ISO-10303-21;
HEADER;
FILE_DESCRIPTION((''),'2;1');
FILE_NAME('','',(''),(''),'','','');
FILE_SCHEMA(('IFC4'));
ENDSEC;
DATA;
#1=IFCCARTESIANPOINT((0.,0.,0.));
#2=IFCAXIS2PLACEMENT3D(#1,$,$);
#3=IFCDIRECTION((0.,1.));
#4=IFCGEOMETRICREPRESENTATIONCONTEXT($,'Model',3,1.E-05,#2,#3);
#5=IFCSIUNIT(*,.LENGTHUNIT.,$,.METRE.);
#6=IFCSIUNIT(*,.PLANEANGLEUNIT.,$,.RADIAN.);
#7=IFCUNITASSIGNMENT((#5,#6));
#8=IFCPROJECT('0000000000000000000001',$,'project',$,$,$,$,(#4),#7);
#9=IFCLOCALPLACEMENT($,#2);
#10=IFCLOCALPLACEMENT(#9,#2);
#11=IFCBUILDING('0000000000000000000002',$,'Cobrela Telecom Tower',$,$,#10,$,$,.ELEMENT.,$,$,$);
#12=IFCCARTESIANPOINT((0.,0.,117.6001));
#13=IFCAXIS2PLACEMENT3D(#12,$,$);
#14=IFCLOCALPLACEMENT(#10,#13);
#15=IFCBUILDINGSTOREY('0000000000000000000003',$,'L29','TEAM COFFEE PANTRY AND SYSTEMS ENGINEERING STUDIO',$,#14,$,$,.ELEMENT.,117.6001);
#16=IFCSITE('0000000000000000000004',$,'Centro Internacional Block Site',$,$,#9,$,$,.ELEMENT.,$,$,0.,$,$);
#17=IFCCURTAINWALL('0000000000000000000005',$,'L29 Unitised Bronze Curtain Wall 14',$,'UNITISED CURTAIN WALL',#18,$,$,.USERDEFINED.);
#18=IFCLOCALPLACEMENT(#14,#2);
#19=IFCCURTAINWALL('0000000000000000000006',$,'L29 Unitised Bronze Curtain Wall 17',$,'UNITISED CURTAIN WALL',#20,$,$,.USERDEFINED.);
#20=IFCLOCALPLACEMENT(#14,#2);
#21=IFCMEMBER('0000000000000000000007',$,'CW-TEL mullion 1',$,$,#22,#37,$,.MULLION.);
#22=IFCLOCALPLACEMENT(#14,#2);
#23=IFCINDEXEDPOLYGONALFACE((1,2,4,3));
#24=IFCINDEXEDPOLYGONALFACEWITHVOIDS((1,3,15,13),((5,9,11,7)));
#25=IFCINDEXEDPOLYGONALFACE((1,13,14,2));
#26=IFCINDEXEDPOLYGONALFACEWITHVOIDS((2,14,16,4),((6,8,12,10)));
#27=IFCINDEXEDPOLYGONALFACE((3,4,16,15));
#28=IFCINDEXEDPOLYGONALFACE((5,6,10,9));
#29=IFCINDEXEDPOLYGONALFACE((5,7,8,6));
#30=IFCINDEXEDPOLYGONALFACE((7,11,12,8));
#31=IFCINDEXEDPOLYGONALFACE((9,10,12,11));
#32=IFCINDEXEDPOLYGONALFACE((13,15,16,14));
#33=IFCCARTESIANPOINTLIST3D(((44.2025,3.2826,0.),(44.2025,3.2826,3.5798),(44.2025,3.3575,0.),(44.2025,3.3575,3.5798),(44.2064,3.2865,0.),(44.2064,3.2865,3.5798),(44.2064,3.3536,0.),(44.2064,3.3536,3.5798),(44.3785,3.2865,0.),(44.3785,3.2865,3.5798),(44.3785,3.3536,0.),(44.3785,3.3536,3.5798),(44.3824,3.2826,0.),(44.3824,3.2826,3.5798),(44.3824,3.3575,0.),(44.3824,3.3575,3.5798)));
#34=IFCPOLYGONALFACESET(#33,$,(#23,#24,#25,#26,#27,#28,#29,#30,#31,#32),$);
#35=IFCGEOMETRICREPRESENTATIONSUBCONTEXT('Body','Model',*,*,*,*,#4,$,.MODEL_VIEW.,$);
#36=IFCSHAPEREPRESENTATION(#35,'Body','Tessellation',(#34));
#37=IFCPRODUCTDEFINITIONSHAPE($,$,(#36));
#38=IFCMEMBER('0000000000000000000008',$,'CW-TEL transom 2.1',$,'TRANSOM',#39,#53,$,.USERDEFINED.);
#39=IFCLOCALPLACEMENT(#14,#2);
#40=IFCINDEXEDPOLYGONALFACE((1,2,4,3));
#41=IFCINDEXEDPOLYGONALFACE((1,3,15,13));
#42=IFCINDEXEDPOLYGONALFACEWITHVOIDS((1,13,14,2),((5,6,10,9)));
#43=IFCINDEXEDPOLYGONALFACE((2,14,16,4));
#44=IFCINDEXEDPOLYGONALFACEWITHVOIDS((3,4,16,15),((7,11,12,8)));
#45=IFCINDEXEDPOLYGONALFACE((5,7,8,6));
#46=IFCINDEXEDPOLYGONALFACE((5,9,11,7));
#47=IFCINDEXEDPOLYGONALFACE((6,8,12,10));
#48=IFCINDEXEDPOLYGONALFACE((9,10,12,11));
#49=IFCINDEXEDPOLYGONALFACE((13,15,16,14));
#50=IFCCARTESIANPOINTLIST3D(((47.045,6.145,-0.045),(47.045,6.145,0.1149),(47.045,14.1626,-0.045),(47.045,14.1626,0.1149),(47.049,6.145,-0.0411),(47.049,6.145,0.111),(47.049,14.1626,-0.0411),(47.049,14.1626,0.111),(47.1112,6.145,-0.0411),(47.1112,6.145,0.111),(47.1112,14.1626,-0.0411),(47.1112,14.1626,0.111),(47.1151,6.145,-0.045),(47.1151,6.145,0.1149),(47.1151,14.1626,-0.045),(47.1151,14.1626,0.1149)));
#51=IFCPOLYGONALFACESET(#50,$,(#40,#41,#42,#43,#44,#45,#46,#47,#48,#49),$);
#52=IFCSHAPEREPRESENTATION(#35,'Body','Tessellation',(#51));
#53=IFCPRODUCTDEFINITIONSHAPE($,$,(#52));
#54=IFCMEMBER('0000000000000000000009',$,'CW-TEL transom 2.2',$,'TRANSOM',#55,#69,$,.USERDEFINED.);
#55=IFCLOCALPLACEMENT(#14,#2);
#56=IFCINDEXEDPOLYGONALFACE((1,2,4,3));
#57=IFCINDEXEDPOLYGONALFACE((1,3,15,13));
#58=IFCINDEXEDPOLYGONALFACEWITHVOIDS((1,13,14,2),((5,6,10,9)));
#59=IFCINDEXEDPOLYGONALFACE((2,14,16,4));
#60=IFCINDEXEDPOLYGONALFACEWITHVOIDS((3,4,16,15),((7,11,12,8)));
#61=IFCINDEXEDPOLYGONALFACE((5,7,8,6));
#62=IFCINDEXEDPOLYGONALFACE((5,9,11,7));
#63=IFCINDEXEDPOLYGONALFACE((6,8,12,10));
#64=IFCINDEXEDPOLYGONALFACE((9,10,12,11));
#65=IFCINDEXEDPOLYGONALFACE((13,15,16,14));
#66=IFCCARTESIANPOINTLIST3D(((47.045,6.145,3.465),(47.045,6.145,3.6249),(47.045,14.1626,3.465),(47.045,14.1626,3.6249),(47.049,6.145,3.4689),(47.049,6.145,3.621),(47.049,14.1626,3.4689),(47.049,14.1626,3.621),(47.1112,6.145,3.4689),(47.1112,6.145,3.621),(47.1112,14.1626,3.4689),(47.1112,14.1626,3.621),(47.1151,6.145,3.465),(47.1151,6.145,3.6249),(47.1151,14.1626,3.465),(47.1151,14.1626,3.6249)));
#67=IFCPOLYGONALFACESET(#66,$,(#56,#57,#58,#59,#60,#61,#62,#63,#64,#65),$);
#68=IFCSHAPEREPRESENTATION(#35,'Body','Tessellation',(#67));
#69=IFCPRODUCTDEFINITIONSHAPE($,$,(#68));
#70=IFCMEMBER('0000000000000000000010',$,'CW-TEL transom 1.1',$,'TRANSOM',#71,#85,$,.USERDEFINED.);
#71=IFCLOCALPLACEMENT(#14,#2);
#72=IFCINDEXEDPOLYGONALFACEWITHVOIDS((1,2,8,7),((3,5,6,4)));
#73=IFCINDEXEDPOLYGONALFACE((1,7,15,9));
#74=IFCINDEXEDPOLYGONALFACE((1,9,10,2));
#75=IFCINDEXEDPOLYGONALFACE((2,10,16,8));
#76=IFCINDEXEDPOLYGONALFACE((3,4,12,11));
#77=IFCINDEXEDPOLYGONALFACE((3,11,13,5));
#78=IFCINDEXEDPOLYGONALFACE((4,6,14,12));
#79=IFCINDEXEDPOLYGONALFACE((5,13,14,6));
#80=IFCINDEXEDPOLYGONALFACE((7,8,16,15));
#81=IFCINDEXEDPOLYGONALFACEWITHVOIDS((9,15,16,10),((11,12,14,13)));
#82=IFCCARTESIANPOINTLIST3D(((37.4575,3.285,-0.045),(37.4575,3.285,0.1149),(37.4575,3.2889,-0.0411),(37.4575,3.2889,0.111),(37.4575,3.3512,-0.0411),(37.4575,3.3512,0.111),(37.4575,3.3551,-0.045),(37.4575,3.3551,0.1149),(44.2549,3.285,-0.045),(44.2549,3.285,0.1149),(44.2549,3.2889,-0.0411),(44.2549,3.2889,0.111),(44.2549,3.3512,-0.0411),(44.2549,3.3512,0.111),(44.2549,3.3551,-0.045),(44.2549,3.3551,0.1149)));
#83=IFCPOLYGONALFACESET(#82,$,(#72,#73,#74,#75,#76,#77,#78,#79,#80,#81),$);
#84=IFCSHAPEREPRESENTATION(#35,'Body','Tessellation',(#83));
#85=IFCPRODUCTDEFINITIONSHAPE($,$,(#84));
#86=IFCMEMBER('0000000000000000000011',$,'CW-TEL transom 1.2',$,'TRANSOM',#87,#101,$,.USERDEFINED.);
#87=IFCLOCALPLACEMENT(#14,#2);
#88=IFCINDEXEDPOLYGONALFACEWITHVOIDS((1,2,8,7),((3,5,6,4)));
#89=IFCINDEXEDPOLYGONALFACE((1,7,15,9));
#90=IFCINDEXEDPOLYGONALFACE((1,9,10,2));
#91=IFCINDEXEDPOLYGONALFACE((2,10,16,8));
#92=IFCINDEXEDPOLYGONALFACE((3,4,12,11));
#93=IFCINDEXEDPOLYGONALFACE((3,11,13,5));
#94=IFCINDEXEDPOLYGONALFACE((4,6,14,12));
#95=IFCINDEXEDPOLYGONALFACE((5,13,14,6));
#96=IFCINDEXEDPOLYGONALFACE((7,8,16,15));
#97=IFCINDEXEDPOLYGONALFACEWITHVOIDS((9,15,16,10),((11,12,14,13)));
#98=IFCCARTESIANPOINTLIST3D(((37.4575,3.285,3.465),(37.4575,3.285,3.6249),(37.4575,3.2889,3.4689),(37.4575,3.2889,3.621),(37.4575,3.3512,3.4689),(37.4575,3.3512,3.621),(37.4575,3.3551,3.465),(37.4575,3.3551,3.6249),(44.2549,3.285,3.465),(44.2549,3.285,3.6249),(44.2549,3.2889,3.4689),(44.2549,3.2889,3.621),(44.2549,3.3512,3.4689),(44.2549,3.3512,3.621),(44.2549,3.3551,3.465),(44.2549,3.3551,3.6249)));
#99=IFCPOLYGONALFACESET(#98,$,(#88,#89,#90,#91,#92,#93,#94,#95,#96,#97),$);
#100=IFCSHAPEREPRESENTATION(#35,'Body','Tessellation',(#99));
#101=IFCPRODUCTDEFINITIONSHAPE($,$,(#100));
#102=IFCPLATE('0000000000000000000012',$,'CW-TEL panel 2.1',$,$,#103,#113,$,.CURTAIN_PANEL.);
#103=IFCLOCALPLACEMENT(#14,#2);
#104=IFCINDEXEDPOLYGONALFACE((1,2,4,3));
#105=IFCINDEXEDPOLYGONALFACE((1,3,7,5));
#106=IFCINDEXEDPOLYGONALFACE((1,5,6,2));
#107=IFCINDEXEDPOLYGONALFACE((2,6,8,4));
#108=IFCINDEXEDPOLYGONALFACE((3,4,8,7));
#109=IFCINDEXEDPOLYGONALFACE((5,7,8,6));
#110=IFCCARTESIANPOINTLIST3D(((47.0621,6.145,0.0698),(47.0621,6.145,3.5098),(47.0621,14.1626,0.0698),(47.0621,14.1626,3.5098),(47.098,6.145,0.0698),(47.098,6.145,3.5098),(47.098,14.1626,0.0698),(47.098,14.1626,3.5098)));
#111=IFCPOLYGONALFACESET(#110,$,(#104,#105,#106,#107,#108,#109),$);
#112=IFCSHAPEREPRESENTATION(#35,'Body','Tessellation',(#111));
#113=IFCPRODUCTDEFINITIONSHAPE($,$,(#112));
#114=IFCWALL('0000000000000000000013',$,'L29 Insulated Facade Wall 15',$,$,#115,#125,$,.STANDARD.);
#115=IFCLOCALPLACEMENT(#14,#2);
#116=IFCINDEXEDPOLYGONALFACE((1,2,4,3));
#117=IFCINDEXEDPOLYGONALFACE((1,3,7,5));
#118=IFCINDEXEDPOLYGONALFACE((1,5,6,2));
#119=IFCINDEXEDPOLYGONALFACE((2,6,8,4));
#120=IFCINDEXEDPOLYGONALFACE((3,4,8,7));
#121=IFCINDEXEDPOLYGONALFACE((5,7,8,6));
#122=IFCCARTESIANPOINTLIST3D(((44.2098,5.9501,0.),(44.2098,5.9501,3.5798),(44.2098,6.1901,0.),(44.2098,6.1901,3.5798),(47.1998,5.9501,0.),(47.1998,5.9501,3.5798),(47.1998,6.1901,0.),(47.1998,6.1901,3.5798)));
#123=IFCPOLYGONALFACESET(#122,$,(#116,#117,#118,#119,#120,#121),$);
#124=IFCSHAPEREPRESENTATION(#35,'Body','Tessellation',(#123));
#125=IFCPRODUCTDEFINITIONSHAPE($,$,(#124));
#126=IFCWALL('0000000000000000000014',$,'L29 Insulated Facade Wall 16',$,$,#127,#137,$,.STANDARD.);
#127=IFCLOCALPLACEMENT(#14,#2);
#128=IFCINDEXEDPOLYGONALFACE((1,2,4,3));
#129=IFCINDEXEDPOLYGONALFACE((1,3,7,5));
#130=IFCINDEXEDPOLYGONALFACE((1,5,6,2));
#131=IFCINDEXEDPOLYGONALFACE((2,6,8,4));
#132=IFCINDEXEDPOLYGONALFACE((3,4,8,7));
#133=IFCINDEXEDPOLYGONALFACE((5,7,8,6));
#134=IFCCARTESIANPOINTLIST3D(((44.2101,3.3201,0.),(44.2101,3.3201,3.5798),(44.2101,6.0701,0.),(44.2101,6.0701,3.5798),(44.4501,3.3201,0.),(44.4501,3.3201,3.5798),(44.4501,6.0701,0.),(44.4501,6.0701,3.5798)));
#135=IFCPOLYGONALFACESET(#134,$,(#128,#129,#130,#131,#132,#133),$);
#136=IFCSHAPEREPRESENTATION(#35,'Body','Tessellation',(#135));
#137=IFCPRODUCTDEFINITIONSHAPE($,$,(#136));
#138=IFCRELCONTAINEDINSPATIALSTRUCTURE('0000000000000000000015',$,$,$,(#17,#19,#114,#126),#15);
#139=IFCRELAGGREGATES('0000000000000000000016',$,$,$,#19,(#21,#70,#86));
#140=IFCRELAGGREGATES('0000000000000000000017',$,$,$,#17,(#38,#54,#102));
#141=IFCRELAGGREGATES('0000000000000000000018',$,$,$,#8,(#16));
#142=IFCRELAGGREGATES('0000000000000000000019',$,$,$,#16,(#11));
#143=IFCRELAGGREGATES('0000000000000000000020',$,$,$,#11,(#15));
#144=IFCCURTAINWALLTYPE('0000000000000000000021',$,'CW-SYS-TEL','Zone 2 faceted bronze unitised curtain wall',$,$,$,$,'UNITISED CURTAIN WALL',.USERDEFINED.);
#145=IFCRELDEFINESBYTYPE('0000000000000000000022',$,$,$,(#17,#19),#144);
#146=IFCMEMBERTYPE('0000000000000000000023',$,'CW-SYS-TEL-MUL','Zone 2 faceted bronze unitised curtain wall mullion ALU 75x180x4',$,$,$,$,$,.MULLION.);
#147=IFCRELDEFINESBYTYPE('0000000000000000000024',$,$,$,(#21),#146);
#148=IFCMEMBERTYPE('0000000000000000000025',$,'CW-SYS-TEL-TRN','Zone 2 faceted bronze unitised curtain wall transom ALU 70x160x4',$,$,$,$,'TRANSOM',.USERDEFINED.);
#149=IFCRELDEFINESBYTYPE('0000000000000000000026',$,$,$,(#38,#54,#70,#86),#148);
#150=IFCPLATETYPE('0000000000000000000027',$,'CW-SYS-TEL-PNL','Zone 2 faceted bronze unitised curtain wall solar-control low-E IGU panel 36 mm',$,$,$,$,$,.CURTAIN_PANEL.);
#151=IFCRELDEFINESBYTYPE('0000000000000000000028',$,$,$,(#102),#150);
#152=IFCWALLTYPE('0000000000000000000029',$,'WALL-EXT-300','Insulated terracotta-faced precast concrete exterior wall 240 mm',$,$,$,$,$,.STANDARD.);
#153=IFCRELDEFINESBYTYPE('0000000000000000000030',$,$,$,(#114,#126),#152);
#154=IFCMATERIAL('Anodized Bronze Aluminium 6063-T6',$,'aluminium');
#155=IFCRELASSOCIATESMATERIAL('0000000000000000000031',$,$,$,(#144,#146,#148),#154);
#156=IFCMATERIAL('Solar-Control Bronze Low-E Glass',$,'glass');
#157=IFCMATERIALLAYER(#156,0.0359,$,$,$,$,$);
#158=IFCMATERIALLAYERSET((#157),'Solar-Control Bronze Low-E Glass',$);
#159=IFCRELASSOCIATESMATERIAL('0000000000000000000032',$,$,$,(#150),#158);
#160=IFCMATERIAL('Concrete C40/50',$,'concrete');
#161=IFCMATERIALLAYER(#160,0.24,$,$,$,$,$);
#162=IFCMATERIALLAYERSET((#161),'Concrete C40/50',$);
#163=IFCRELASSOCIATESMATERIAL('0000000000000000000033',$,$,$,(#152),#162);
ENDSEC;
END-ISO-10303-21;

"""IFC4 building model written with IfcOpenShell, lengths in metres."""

from ifc_helpers import new_model, si_unit, direction, frame, frame_2d, origin, origin_2d, place, context, subcontext, project, spatial, rectangle, hollow_rectangle, extrude, material, layer, layer_set, material_profile, profile_set, type_object, element, aggregate, save


model = new_model("IFC4")

# Units and contexts
model_context = context("Model", 3, precision=1e-05, world=origin(), true_north=direction((0.0, 1.0)))
body_context = subcontext(model_context, "Body", "Model", "MODEL_VIEW")
ifc_project = project(units=[si_unit("LENGTHUNIT", "METRE"), si_unit("PLANEANGLEUNIT", "RADIAN")], contexts=[model_context])

# Site, building, storey
site_placement = place(None, origin())
site = spatial("IfcSite", under=ifc_project, at=site_placement, Name="Centro Internacional Block Site", CompositionType="ELEMENT", RefElevation=0.0)
building_placement = place(site_placement, origin())
building = spatial("IfcBuilding", under=site, at=building_placement, Name="Cobrela Telecom Tower", CompositionType="ELEMENT")
storey_placement = place(building_placement, frame((0.0, 0.0, 117.6001)))
storey = spatial("IfcBuildingStorey", under=building, at=storey_placement, Name="L29", Description="TEAM COFFEE PANTRY AND SYSTEMS ENGINEERING STUDIO", CompositionType="ELEMENT", Elevation=117.6001)

# Curtain wall
ifc_material_1 = material(Name="Anodized Bronze Aluminium 6063-T6", Category="aluminium")
curtain_wall_type = type_object("IfcCurtainWallType", Name="CW-SYS-TEL", Description="Zone 2 faceted bronze unitised curtain wall", ElementType="UNITISED CURTAIN WALL", PredefinedType="USERDEFINED", material=ifc_material_1)
curtain_wall_1_placement = place(storey_placement, origin())
curtain_wall_1 = element("IfcCurtainWall", 1, at=curtain_wall_1_placement, inside=storey, type_object=curtain_wall_type, Name="L29 Unitised Bronze Curtain Wall 14", ObjectType="UNITISED CURTAIN WALL", PredefinedType="USERDEFINED")
ifc_material_profile_1 = material_profile(ifc_material_1, hollow_rectangle(XDim=0.075, YDim=0.1799, WallThickness=0.0039, at=origin_2d()), Name="ALU 75x180x4")
ifc_profile_set_1 = profile_set([ifc_material_profile_1], Name="Anodized Bronze Aluminium 6063-T6")
member_type_1 = type_object("IfcMemberType", Name="CW-SYS-TEL-MUL", Description="Zone 2 faceted bronze unitised curtain wall mullion ALU 75x180x4", PredefinedType="MULLION", material=ifc_profile_set_1)

# Curtain wall, member
curtain_wall_2_placement = place(storey_placement, origin())
curtain_wall_2 = element("IfcCurtainWall", 2, at=curtain_wall_2_placement, inside=storey, type_object=curtain_wall_type, Name="L29 Unitised Bronze Curtain Wall 17", ObjectType="UNITISED CURTAIN WALL", PredefinedType="USERDEFINED")
member_1_placement = place(storey_placement, frame((44.2925, 3.3201, 0.0), z_axis=(0.0, 0.0, 1.0), x_axis=(0.0, -1.0, 0.0)))
member_1 = element("IfcMember", 3, at=member_1_placement, type_object=member_type_1, Name="CW-TEL mullion 1", PredefinedType="MULLION", context=body_context, shape_type="SweptSolid", body=[
    extrude(hollow_rectangle(XDim=0.075, YDim=0.1799, WallThickness=0.0039, at=origin_2d()), origin(), (0.0, 0.0, 1.0), 3.5798),
])

# Members
ifc_material_profile_2 = material_profile(ifc_material_1, hollow_rectangle(XDim=0.0701, YDim=0.1599, WallThickness=0.0039, at=origin_2d()), Name="ALU 70x160x4")
ifc_profile_set_2 = profile_set([ifc_material_profile_2], Name="Anodized Bronze Aluminium 6063-T6")
member_type_2 = type_object("IfcMemberType", Name="CW-SYS-TEL-TRN", Description="Zone 2 faceted bronze unitised curtain wall transom ALU 70x160x4", ElementType="TRANSOM", PredefinedType="USERDEFINED", material=ifc_profile_set_2)
member_2_placement = place(storey_placement, frame((47.0801, 14.1626, 0.0349), z_axis=(0.0, -1.0, 0.0), x_axis=(1.0, 0.0, 0.0)))
member_2 = element("IfcMember", 4, at=member_2_placement, type_object=member_type_2, Name="CW-TEL transom 2.1", ObjectType="TRANSOM", PredefinedType="USERDEFINED", context=body_context, shape_type="SweptSolid", body=[
    extrude(hollow_rectangle(XDim=0.0701, YDim=0.1599, WallThickness=0.0039, at=origin_2d()), origin(), (0.0, 0.0, 1.0), 8.0176),
])
member_3_placement = place(storey_placement, frame((47.0801, 14.1626, 3.5449), z_axis=(0.0, -1.0, 0.0), x_axis=(1.0, 0.0, 0.0)))
member_3 = element("IfcMember", 5, at=member_3_placement, type_object=member_type_2, Name="CW-TEL transom 2.2", ObjectType="TRANSOM", PredefinedType="USERDEFINED", context=body_context, shape_type="SweptSolid", body=[
    extrude(hollow_rectangle(XDim=0.0701, YDim=0.1599, WallThickness=0.0039, at=origin_2d()), origin(), (0.0, 0.0, 1.0), 8.0176),
])
member_4_placement = place(storey_placement, frame((44.2549, 3.3201, 0.0349), z_axis=(-1.0, 0.0, 0.0), x_axis=(0.0, -1.0, 0.0)))
member_4 = element("IfcMember", 6, at=member_4_placement, type_object=member_type_2, Name="CW-TEL transom 1.1", ObjectType="TRANSOM", PredefinedType="USERDEFINED", context=body_context, shape_type="SweptSolid", body=[
    extrude(hollow_rectangle(XDim=0.0701, YDim=0.1599, WallThickness=0.0039, at=origin_2d()), origin(), (0.0, 0.0, 1.0), 6.7974),
])
member_5_placement = place(storey_placement, frame((44.2549, 3.3201, 3.5449), z_axis=(-1.0, 0.0, 0.0), x_axis=(0.0, -1.0, 0.0)))
member_5 = element("IfcMember", 7, at=member_5_placement, type_object=member_type_2, Name="CW-TEL transom 1.2", ObjectType="TRANSOM", PredefinedType="USERDEFINED", context=body_context, shape_type="SweptSolid", body=[
    extrude(hollow_rectangle(XDim=0.0701, YDim=0.1599, WallThickness=0.0039, at=origin_2d()), origin(), (0.0, 0.0, 1.0), 6.7974),
])
aggregate(curtain_wall_2, [member_1, member_4, member_5])

# Plate
ifc_material_2 = material(Name="Solar-Control Bronze Low-E Glass", Category="glass")
ifc_layer_1 = layer(ifc_material_2, 0.0359)
ifc_layer_set_1 = layer_set([ifc_layer_1], Name="Solar-Control Bronze Low-E Glass")
plate_type = type_object("IfcPlateType", Name="CW-SYS-TEL-PNL", Description="Zone 2 faceted bronze unitised curtain wall solar-control low-E IGU panel 36 mm", PredefinedType="CURTAIN_PANEL", material=ifc_layer_set_1)
plate_placement = place(storey_placement, frame((47.0801, 10.1538, 0.0698), z_axis=(0.0, 0.0, 1.0), x_axis=(0.0, -1.0, 0.0)))
plate = element("IfcPlate", 8, at=plate_placement, type_object=plate_type, Name="CW-TEL panel 2.1", PredefinedType="CURTAIN_PANEL", context=body_context, shape_type="SweptSolid", body=[
    extrude(rectangle(XDim=8.0176, YDim=0.0359, at=origin_2d()), origin(), (0.0, 0.0, 1.0), 3.4399),
])
aggregate(curtain_wall_1, [member_2, member_3, plate])

# Walls
ifc_material_3 = material(Name="Concrete C40/50", Category="concrete")
ifc_layer_2 = layer(ifc_material_3, 0.24)
ifc_layer_set_2 = layer_set([ifc_layer_2], Name="Concrete C40/50")
wall_type = type_object("IfcWallType", Name="WALL-EXT-300", Description="Insulated terracotta-faced precast concrete exterior wall 240 mm", PredefinedType="STANDARD", material=ifc_layer_set_2)
wall_1_placement = place(storey_placement, frame((47.2, 6.0701, 0.0), z_axis=(0.0, 0.0, 1.0), x_axis=(-1.0, 0.0, 0.0)))
element("IfcWall", 9, at=wall_1_placement, inside=storey, type_object=wall_type, Name="L29 Insulated Facade Wall 15", PredefinedType="STANDARD", context=body_context, shape_type="SweptSolid", body=[
    extrude(rectangle(XDim=2.99, YDim=0.24, at=frame_2d((1.4951, 0.0))), origin(), (0.0, 0.0, 1.0), 3.5798),
])
wall_2_placement = place(storey_placement, frame((44.3301, 6.0701, 0.0), z_axis=(0.0, 0.0, 1.0), x_axis=(0.0, -1.0, 0.0)))
element("IfcWall", 10, at=wall_2_placement, inside=storey, type_object=wall_type, Name="L29 Insulated Facade Wall 16", PredefinedType="STANDARD", context=body_context, shape_type="SweptSolid", body=[
    extrude(rectangle(XDim=2.75, YDim=0.24, at=frame_2d((1.375, 0.0))), origin(), (0.0, 0.0, 1.0), 3.5798),
])

save(model, "model.ifc")
